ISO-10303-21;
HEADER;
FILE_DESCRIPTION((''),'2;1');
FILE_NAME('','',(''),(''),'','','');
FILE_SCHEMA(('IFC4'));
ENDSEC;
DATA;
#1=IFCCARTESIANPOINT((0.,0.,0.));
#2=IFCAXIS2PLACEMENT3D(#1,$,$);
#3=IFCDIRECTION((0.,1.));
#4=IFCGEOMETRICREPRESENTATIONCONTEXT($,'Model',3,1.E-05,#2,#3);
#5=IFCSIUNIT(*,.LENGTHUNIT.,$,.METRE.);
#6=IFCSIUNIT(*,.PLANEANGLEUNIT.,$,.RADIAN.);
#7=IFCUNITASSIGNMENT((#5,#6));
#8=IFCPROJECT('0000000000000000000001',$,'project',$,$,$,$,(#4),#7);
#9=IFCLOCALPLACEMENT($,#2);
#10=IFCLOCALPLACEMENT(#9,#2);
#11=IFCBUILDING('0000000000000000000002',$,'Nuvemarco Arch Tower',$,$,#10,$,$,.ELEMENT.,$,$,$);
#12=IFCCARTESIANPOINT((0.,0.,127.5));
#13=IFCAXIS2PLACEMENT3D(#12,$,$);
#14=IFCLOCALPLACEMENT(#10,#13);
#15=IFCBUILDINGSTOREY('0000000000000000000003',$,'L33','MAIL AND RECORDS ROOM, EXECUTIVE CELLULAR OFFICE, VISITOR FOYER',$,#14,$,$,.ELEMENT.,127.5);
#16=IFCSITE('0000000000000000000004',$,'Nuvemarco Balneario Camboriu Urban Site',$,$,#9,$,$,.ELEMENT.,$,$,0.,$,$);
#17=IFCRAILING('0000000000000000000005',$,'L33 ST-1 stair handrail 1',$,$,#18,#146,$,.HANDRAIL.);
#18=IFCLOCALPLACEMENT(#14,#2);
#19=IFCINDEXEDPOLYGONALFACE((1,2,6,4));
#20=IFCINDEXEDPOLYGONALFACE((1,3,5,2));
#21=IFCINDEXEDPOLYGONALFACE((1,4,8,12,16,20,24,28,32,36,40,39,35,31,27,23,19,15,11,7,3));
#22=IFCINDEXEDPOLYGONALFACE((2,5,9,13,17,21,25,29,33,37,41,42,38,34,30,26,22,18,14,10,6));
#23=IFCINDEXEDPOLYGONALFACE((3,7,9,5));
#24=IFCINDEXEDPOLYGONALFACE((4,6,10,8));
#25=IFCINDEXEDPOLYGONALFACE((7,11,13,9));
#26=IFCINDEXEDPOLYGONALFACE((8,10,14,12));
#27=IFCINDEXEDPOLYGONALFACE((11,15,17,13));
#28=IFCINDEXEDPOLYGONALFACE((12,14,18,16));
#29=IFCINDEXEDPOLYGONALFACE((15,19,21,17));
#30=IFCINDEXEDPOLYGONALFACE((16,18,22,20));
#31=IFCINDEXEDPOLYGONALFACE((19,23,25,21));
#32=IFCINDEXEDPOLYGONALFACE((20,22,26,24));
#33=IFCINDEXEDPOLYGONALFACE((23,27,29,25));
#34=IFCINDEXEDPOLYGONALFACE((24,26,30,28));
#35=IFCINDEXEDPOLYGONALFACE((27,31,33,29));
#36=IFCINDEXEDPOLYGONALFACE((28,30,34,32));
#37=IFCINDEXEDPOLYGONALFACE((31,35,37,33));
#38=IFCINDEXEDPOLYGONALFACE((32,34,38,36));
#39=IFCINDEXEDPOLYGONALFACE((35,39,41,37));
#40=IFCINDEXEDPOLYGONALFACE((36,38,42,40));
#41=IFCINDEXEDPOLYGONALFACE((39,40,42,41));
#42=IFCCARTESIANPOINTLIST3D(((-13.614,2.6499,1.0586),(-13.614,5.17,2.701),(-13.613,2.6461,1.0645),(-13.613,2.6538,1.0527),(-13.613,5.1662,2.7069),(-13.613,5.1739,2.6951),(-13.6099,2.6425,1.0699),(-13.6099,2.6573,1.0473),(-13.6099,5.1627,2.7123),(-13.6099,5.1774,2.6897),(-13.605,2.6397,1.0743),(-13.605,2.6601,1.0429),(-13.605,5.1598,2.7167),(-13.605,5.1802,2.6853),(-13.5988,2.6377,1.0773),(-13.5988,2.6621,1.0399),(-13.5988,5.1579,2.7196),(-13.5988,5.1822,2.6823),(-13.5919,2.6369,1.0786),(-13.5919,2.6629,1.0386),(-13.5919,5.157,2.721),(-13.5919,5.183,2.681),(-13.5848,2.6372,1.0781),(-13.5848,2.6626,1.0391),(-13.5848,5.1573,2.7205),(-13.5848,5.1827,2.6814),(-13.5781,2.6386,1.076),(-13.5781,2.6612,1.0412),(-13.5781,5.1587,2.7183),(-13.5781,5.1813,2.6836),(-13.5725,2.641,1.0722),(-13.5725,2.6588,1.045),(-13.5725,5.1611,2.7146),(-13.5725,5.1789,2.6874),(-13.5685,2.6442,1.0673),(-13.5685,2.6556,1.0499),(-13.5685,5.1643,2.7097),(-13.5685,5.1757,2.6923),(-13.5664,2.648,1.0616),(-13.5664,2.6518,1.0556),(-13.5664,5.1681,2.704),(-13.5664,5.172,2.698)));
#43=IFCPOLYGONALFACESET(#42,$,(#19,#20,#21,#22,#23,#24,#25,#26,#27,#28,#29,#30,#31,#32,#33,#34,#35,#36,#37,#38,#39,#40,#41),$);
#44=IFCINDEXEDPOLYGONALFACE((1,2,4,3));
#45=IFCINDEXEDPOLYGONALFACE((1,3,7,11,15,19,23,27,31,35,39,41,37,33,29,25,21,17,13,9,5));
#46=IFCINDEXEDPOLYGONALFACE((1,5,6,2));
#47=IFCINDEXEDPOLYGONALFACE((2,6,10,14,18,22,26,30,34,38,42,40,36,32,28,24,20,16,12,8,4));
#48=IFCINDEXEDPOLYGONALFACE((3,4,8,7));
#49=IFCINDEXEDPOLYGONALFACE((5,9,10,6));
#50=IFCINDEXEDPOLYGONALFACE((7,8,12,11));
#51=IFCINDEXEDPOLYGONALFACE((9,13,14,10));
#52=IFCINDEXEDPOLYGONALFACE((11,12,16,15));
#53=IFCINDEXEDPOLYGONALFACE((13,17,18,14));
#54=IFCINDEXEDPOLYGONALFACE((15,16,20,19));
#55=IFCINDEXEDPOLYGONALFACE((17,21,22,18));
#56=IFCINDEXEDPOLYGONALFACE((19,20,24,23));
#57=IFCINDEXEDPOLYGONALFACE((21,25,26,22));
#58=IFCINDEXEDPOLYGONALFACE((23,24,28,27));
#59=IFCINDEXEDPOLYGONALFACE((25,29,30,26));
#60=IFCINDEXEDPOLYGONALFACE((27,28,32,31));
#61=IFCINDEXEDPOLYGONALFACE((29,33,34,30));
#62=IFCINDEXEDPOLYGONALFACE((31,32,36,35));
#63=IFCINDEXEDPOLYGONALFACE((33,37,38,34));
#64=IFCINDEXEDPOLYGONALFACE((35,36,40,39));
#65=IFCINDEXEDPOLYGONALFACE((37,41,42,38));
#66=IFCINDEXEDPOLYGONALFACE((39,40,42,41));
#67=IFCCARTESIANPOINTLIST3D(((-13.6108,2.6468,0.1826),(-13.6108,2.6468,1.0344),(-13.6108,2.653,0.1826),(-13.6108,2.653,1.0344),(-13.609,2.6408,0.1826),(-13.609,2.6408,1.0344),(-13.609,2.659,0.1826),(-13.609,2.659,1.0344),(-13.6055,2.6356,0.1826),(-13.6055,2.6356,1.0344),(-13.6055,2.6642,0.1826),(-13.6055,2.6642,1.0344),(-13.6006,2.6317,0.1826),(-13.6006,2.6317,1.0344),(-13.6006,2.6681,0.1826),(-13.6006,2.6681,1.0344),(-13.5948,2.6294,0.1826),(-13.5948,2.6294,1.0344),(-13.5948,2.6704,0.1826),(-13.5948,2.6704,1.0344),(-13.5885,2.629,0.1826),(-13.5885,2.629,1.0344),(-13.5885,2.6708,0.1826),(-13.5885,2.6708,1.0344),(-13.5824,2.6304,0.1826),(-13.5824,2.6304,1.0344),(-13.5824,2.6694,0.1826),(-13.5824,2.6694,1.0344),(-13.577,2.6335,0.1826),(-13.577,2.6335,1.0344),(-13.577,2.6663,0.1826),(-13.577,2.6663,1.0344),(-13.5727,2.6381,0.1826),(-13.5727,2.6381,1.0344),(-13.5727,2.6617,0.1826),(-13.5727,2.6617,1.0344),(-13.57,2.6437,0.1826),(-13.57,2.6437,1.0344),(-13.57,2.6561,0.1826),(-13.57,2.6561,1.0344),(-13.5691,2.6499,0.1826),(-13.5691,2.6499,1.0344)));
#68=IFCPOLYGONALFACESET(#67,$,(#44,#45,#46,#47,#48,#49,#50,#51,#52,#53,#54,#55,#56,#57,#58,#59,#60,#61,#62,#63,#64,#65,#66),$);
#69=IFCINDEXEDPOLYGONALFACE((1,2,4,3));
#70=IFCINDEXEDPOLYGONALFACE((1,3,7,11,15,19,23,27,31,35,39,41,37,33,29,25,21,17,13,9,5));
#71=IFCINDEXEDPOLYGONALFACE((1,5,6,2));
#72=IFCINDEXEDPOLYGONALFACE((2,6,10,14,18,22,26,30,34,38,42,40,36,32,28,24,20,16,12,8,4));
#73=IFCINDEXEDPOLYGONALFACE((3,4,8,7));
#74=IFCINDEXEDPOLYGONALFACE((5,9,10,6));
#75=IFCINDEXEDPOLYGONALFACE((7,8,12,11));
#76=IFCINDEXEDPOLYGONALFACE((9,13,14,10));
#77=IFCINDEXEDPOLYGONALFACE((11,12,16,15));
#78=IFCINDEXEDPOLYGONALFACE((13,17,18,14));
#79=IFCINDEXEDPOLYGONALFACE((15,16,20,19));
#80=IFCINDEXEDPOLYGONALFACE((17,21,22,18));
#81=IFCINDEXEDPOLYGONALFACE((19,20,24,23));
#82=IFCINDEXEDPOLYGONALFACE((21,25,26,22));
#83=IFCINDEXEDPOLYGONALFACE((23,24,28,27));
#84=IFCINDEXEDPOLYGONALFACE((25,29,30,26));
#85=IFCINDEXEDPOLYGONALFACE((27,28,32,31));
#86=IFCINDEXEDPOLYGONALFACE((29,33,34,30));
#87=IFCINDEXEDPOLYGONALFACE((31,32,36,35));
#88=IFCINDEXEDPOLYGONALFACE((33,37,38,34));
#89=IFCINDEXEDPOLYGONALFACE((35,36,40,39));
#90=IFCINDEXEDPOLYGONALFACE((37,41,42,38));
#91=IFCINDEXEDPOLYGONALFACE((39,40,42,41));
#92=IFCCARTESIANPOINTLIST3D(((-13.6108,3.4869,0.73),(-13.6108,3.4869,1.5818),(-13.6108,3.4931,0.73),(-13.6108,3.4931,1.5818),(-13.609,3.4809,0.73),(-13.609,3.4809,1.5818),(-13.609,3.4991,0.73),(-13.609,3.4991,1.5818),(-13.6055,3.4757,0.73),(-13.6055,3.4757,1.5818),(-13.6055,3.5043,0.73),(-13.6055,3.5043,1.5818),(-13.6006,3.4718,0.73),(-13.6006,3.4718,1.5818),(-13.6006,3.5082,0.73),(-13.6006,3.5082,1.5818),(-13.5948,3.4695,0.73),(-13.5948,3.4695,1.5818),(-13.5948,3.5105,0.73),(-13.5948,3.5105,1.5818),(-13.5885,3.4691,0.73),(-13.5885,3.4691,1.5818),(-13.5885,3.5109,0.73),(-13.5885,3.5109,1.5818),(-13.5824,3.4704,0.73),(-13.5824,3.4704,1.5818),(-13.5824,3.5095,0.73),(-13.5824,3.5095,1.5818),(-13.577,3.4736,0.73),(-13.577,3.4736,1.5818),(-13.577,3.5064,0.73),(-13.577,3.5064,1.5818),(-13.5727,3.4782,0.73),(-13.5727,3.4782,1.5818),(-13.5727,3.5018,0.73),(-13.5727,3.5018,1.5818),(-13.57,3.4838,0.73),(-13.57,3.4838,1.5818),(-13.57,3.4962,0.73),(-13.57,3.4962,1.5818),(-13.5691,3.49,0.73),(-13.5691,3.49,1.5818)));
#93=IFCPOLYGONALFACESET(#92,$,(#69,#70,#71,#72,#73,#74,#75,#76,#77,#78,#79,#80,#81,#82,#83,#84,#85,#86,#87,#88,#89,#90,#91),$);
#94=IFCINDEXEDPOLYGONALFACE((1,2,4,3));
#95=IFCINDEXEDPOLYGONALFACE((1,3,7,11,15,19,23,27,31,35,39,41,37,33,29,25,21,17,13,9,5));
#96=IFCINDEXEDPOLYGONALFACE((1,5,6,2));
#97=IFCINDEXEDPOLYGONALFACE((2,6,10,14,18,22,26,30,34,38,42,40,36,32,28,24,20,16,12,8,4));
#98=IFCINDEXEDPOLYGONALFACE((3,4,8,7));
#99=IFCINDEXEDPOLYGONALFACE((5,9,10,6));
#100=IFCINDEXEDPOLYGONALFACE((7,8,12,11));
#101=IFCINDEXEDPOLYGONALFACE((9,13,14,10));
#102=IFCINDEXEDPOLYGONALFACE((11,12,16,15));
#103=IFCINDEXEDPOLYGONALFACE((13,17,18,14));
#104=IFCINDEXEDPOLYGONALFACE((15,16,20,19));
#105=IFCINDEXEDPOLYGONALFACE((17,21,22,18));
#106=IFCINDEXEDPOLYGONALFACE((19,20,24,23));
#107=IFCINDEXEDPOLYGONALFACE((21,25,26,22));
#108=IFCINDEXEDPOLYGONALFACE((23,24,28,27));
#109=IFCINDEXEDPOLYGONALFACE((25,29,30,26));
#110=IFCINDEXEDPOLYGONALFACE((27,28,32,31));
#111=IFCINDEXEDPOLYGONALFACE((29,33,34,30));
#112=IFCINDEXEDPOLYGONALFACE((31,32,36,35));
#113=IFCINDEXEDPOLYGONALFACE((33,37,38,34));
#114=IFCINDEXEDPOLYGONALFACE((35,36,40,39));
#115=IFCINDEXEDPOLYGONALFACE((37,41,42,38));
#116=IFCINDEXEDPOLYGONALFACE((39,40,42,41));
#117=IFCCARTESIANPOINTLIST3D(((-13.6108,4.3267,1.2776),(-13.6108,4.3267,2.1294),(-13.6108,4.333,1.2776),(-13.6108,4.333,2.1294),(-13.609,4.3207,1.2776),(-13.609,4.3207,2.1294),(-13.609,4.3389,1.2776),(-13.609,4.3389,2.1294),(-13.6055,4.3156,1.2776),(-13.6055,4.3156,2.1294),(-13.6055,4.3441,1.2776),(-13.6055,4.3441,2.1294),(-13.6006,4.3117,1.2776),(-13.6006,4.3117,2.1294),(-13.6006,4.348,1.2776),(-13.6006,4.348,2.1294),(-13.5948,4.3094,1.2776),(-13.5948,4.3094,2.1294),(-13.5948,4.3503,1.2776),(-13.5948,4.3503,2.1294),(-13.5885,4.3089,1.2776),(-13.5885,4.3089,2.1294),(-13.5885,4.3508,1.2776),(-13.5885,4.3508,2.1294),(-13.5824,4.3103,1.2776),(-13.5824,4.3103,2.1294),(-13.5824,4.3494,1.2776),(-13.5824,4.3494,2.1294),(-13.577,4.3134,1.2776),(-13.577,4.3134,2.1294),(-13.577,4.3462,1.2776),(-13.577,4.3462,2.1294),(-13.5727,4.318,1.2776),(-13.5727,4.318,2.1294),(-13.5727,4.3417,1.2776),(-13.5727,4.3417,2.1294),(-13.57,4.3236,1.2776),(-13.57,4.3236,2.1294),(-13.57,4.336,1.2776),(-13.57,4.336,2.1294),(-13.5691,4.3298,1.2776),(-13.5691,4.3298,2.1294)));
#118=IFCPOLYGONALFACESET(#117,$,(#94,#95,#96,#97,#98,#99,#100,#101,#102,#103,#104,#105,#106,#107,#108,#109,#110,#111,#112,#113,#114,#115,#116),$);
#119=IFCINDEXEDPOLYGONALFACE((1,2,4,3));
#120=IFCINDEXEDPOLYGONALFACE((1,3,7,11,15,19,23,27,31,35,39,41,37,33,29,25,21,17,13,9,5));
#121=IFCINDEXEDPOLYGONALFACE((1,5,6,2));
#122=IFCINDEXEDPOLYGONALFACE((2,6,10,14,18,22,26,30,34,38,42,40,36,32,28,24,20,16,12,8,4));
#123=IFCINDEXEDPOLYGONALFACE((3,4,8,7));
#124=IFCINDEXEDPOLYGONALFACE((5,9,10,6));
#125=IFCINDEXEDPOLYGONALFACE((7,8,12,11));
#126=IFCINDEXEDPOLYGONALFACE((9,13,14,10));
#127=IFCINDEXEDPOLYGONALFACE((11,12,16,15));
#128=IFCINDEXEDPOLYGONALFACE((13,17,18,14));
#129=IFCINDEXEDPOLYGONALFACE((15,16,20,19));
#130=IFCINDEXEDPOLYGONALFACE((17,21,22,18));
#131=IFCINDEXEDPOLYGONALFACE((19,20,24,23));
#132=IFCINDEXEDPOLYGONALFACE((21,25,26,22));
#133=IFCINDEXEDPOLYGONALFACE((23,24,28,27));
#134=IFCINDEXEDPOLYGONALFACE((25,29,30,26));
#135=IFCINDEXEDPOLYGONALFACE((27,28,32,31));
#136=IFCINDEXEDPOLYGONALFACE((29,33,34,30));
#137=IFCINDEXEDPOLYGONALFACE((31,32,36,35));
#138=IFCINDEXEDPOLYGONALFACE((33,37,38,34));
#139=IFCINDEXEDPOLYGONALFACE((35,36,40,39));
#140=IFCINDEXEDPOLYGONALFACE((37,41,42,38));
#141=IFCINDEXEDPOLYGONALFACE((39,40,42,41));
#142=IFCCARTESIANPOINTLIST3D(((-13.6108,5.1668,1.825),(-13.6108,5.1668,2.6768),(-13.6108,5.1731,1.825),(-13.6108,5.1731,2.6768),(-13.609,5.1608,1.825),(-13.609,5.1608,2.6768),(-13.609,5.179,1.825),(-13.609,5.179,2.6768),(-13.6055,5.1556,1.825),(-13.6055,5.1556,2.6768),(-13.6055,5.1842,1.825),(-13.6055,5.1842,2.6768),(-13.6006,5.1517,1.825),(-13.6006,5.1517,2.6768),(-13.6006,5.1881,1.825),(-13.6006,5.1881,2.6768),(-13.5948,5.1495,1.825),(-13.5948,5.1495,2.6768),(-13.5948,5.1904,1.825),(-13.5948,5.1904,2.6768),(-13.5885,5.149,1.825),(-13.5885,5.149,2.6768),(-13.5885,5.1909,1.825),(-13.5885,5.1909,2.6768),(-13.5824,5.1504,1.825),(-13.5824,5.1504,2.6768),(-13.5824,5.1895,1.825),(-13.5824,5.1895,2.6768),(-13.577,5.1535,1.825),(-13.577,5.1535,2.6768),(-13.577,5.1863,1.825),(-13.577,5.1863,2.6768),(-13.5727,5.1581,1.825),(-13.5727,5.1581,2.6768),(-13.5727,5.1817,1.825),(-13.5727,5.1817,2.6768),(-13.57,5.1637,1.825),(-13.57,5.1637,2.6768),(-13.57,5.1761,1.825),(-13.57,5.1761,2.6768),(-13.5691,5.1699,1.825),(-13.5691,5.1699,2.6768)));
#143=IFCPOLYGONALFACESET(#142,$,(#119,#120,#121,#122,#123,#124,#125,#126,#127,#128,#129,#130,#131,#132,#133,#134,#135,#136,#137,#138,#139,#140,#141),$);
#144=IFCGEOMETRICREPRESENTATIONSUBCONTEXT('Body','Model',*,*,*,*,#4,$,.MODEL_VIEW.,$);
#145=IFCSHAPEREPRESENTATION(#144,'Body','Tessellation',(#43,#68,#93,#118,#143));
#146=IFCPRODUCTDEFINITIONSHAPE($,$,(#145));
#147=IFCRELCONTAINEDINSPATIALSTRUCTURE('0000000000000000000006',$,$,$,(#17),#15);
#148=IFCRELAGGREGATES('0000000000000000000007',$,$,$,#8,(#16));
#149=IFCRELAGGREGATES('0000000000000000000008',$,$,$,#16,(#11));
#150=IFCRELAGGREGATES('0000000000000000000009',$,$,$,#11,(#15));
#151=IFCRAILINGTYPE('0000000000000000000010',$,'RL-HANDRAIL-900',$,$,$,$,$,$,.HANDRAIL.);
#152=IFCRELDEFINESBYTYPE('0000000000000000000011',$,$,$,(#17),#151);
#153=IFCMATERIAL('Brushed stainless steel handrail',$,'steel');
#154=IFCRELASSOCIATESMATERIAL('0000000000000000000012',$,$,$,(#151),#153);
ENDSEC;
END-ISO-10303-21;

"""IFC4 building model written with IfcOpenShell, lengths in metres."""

from ifc_helpers import new_model, si_unit, direction, frame, origin, origin_2d, place, context, subcontext, project, spatial, circle, extrude, material, type_object, element, save


model = new_model("IFC4")

# Units and contexts
model_context = context("Model", 3, precision=1e-05, world=origin(), true_north=direction((0.0, 1.0)))
body_context = subcontext(model_context, "Body", "Model", "MODEL_VIEW")
ifc_project = project(units=[si_unit("LENGTHUNIT", "METRE"), si_unit("PLANEANGLEUNIT", "RADIAN")], contexts=[model_context])

# Site, building, storey
site_placement = place(None, origin())
site = spatial("IfcSite", under=ifc_project, at=site_placement, Name="Nuvemarco Balneario Camboriu Urban Site", CompositionType="ELEMENT", RefElevation=0.0)
building_placement = place(site_placement, origin())
building = spatial("IfcBuilding", under=site, at=building_placement, Name="Nuvemarco Arch Tower", CompositionType="ELEMENT")
storey_placement = place(building_placement, frame((0.0, 0.0, 127.5)))
storey = spatial("IfcBuildingStorey", under=building, at=storey_placement, Name="L33", Description="MAIL AND RECORDS ROOM, EXECUTIVE CELLULAR OFFICE, VISITOR FOYER", CompositionType="ELEMENT", Elevation=127.5)

# Railing
ifc_material_1 = material(Name="Brushed stainless steel handrail", Category="steel")
railing_type_1 = type_object("IfcRailingType", Name="RL-HANDRAIL-900", PredefinedType="HANDRAIL", material=ifc_material_1)
railing_1_placement = place(storey_placement, frame((-13.5901, 2.6499, 0.1826)))
element("IfcRailing", 1, at=railing_1_placement, inside=storey, type_object=railing_type_1, Name="L33 ST-1 stair handrail 1", PredefinedType="HANDRAIL", context=body_context, shape_type="SweptSolid", body=[
    extrude(circle(Radius=0.0239, at=origin_2d()), frame((0.0, 0.0, 0.876), z_axis=(0.0, 0.837787, 0.545998), x_axis=(-1.0, 0.0, 0.0)), (0.0, 0.0, 1.0), 3.0081),
    extrude(circle(Radius=0.021, at=origin_2d()), origin(), (0.0, 0.0, 1.0), 0.8518),
    extrude(circle(Radius=0.021, at=origin_2d()), frame((0.0, 0.8401, 0.5474)), (0.0, 0.0, 1.0), 0.8518),
    extrude(circle(Radius=0.021, at=origin_2d()), frame((0.0, 1.6799, 1.095)), (0.0, 0.0, 1.0), 0.8518),
    extrude(circle(Radius=0.021, at=origin_2d()), frame((0.0, 2.52, 1.6423)), (0.0, 0.0, 1.0), 0.8518),
])

save(model, "model.ifc")
